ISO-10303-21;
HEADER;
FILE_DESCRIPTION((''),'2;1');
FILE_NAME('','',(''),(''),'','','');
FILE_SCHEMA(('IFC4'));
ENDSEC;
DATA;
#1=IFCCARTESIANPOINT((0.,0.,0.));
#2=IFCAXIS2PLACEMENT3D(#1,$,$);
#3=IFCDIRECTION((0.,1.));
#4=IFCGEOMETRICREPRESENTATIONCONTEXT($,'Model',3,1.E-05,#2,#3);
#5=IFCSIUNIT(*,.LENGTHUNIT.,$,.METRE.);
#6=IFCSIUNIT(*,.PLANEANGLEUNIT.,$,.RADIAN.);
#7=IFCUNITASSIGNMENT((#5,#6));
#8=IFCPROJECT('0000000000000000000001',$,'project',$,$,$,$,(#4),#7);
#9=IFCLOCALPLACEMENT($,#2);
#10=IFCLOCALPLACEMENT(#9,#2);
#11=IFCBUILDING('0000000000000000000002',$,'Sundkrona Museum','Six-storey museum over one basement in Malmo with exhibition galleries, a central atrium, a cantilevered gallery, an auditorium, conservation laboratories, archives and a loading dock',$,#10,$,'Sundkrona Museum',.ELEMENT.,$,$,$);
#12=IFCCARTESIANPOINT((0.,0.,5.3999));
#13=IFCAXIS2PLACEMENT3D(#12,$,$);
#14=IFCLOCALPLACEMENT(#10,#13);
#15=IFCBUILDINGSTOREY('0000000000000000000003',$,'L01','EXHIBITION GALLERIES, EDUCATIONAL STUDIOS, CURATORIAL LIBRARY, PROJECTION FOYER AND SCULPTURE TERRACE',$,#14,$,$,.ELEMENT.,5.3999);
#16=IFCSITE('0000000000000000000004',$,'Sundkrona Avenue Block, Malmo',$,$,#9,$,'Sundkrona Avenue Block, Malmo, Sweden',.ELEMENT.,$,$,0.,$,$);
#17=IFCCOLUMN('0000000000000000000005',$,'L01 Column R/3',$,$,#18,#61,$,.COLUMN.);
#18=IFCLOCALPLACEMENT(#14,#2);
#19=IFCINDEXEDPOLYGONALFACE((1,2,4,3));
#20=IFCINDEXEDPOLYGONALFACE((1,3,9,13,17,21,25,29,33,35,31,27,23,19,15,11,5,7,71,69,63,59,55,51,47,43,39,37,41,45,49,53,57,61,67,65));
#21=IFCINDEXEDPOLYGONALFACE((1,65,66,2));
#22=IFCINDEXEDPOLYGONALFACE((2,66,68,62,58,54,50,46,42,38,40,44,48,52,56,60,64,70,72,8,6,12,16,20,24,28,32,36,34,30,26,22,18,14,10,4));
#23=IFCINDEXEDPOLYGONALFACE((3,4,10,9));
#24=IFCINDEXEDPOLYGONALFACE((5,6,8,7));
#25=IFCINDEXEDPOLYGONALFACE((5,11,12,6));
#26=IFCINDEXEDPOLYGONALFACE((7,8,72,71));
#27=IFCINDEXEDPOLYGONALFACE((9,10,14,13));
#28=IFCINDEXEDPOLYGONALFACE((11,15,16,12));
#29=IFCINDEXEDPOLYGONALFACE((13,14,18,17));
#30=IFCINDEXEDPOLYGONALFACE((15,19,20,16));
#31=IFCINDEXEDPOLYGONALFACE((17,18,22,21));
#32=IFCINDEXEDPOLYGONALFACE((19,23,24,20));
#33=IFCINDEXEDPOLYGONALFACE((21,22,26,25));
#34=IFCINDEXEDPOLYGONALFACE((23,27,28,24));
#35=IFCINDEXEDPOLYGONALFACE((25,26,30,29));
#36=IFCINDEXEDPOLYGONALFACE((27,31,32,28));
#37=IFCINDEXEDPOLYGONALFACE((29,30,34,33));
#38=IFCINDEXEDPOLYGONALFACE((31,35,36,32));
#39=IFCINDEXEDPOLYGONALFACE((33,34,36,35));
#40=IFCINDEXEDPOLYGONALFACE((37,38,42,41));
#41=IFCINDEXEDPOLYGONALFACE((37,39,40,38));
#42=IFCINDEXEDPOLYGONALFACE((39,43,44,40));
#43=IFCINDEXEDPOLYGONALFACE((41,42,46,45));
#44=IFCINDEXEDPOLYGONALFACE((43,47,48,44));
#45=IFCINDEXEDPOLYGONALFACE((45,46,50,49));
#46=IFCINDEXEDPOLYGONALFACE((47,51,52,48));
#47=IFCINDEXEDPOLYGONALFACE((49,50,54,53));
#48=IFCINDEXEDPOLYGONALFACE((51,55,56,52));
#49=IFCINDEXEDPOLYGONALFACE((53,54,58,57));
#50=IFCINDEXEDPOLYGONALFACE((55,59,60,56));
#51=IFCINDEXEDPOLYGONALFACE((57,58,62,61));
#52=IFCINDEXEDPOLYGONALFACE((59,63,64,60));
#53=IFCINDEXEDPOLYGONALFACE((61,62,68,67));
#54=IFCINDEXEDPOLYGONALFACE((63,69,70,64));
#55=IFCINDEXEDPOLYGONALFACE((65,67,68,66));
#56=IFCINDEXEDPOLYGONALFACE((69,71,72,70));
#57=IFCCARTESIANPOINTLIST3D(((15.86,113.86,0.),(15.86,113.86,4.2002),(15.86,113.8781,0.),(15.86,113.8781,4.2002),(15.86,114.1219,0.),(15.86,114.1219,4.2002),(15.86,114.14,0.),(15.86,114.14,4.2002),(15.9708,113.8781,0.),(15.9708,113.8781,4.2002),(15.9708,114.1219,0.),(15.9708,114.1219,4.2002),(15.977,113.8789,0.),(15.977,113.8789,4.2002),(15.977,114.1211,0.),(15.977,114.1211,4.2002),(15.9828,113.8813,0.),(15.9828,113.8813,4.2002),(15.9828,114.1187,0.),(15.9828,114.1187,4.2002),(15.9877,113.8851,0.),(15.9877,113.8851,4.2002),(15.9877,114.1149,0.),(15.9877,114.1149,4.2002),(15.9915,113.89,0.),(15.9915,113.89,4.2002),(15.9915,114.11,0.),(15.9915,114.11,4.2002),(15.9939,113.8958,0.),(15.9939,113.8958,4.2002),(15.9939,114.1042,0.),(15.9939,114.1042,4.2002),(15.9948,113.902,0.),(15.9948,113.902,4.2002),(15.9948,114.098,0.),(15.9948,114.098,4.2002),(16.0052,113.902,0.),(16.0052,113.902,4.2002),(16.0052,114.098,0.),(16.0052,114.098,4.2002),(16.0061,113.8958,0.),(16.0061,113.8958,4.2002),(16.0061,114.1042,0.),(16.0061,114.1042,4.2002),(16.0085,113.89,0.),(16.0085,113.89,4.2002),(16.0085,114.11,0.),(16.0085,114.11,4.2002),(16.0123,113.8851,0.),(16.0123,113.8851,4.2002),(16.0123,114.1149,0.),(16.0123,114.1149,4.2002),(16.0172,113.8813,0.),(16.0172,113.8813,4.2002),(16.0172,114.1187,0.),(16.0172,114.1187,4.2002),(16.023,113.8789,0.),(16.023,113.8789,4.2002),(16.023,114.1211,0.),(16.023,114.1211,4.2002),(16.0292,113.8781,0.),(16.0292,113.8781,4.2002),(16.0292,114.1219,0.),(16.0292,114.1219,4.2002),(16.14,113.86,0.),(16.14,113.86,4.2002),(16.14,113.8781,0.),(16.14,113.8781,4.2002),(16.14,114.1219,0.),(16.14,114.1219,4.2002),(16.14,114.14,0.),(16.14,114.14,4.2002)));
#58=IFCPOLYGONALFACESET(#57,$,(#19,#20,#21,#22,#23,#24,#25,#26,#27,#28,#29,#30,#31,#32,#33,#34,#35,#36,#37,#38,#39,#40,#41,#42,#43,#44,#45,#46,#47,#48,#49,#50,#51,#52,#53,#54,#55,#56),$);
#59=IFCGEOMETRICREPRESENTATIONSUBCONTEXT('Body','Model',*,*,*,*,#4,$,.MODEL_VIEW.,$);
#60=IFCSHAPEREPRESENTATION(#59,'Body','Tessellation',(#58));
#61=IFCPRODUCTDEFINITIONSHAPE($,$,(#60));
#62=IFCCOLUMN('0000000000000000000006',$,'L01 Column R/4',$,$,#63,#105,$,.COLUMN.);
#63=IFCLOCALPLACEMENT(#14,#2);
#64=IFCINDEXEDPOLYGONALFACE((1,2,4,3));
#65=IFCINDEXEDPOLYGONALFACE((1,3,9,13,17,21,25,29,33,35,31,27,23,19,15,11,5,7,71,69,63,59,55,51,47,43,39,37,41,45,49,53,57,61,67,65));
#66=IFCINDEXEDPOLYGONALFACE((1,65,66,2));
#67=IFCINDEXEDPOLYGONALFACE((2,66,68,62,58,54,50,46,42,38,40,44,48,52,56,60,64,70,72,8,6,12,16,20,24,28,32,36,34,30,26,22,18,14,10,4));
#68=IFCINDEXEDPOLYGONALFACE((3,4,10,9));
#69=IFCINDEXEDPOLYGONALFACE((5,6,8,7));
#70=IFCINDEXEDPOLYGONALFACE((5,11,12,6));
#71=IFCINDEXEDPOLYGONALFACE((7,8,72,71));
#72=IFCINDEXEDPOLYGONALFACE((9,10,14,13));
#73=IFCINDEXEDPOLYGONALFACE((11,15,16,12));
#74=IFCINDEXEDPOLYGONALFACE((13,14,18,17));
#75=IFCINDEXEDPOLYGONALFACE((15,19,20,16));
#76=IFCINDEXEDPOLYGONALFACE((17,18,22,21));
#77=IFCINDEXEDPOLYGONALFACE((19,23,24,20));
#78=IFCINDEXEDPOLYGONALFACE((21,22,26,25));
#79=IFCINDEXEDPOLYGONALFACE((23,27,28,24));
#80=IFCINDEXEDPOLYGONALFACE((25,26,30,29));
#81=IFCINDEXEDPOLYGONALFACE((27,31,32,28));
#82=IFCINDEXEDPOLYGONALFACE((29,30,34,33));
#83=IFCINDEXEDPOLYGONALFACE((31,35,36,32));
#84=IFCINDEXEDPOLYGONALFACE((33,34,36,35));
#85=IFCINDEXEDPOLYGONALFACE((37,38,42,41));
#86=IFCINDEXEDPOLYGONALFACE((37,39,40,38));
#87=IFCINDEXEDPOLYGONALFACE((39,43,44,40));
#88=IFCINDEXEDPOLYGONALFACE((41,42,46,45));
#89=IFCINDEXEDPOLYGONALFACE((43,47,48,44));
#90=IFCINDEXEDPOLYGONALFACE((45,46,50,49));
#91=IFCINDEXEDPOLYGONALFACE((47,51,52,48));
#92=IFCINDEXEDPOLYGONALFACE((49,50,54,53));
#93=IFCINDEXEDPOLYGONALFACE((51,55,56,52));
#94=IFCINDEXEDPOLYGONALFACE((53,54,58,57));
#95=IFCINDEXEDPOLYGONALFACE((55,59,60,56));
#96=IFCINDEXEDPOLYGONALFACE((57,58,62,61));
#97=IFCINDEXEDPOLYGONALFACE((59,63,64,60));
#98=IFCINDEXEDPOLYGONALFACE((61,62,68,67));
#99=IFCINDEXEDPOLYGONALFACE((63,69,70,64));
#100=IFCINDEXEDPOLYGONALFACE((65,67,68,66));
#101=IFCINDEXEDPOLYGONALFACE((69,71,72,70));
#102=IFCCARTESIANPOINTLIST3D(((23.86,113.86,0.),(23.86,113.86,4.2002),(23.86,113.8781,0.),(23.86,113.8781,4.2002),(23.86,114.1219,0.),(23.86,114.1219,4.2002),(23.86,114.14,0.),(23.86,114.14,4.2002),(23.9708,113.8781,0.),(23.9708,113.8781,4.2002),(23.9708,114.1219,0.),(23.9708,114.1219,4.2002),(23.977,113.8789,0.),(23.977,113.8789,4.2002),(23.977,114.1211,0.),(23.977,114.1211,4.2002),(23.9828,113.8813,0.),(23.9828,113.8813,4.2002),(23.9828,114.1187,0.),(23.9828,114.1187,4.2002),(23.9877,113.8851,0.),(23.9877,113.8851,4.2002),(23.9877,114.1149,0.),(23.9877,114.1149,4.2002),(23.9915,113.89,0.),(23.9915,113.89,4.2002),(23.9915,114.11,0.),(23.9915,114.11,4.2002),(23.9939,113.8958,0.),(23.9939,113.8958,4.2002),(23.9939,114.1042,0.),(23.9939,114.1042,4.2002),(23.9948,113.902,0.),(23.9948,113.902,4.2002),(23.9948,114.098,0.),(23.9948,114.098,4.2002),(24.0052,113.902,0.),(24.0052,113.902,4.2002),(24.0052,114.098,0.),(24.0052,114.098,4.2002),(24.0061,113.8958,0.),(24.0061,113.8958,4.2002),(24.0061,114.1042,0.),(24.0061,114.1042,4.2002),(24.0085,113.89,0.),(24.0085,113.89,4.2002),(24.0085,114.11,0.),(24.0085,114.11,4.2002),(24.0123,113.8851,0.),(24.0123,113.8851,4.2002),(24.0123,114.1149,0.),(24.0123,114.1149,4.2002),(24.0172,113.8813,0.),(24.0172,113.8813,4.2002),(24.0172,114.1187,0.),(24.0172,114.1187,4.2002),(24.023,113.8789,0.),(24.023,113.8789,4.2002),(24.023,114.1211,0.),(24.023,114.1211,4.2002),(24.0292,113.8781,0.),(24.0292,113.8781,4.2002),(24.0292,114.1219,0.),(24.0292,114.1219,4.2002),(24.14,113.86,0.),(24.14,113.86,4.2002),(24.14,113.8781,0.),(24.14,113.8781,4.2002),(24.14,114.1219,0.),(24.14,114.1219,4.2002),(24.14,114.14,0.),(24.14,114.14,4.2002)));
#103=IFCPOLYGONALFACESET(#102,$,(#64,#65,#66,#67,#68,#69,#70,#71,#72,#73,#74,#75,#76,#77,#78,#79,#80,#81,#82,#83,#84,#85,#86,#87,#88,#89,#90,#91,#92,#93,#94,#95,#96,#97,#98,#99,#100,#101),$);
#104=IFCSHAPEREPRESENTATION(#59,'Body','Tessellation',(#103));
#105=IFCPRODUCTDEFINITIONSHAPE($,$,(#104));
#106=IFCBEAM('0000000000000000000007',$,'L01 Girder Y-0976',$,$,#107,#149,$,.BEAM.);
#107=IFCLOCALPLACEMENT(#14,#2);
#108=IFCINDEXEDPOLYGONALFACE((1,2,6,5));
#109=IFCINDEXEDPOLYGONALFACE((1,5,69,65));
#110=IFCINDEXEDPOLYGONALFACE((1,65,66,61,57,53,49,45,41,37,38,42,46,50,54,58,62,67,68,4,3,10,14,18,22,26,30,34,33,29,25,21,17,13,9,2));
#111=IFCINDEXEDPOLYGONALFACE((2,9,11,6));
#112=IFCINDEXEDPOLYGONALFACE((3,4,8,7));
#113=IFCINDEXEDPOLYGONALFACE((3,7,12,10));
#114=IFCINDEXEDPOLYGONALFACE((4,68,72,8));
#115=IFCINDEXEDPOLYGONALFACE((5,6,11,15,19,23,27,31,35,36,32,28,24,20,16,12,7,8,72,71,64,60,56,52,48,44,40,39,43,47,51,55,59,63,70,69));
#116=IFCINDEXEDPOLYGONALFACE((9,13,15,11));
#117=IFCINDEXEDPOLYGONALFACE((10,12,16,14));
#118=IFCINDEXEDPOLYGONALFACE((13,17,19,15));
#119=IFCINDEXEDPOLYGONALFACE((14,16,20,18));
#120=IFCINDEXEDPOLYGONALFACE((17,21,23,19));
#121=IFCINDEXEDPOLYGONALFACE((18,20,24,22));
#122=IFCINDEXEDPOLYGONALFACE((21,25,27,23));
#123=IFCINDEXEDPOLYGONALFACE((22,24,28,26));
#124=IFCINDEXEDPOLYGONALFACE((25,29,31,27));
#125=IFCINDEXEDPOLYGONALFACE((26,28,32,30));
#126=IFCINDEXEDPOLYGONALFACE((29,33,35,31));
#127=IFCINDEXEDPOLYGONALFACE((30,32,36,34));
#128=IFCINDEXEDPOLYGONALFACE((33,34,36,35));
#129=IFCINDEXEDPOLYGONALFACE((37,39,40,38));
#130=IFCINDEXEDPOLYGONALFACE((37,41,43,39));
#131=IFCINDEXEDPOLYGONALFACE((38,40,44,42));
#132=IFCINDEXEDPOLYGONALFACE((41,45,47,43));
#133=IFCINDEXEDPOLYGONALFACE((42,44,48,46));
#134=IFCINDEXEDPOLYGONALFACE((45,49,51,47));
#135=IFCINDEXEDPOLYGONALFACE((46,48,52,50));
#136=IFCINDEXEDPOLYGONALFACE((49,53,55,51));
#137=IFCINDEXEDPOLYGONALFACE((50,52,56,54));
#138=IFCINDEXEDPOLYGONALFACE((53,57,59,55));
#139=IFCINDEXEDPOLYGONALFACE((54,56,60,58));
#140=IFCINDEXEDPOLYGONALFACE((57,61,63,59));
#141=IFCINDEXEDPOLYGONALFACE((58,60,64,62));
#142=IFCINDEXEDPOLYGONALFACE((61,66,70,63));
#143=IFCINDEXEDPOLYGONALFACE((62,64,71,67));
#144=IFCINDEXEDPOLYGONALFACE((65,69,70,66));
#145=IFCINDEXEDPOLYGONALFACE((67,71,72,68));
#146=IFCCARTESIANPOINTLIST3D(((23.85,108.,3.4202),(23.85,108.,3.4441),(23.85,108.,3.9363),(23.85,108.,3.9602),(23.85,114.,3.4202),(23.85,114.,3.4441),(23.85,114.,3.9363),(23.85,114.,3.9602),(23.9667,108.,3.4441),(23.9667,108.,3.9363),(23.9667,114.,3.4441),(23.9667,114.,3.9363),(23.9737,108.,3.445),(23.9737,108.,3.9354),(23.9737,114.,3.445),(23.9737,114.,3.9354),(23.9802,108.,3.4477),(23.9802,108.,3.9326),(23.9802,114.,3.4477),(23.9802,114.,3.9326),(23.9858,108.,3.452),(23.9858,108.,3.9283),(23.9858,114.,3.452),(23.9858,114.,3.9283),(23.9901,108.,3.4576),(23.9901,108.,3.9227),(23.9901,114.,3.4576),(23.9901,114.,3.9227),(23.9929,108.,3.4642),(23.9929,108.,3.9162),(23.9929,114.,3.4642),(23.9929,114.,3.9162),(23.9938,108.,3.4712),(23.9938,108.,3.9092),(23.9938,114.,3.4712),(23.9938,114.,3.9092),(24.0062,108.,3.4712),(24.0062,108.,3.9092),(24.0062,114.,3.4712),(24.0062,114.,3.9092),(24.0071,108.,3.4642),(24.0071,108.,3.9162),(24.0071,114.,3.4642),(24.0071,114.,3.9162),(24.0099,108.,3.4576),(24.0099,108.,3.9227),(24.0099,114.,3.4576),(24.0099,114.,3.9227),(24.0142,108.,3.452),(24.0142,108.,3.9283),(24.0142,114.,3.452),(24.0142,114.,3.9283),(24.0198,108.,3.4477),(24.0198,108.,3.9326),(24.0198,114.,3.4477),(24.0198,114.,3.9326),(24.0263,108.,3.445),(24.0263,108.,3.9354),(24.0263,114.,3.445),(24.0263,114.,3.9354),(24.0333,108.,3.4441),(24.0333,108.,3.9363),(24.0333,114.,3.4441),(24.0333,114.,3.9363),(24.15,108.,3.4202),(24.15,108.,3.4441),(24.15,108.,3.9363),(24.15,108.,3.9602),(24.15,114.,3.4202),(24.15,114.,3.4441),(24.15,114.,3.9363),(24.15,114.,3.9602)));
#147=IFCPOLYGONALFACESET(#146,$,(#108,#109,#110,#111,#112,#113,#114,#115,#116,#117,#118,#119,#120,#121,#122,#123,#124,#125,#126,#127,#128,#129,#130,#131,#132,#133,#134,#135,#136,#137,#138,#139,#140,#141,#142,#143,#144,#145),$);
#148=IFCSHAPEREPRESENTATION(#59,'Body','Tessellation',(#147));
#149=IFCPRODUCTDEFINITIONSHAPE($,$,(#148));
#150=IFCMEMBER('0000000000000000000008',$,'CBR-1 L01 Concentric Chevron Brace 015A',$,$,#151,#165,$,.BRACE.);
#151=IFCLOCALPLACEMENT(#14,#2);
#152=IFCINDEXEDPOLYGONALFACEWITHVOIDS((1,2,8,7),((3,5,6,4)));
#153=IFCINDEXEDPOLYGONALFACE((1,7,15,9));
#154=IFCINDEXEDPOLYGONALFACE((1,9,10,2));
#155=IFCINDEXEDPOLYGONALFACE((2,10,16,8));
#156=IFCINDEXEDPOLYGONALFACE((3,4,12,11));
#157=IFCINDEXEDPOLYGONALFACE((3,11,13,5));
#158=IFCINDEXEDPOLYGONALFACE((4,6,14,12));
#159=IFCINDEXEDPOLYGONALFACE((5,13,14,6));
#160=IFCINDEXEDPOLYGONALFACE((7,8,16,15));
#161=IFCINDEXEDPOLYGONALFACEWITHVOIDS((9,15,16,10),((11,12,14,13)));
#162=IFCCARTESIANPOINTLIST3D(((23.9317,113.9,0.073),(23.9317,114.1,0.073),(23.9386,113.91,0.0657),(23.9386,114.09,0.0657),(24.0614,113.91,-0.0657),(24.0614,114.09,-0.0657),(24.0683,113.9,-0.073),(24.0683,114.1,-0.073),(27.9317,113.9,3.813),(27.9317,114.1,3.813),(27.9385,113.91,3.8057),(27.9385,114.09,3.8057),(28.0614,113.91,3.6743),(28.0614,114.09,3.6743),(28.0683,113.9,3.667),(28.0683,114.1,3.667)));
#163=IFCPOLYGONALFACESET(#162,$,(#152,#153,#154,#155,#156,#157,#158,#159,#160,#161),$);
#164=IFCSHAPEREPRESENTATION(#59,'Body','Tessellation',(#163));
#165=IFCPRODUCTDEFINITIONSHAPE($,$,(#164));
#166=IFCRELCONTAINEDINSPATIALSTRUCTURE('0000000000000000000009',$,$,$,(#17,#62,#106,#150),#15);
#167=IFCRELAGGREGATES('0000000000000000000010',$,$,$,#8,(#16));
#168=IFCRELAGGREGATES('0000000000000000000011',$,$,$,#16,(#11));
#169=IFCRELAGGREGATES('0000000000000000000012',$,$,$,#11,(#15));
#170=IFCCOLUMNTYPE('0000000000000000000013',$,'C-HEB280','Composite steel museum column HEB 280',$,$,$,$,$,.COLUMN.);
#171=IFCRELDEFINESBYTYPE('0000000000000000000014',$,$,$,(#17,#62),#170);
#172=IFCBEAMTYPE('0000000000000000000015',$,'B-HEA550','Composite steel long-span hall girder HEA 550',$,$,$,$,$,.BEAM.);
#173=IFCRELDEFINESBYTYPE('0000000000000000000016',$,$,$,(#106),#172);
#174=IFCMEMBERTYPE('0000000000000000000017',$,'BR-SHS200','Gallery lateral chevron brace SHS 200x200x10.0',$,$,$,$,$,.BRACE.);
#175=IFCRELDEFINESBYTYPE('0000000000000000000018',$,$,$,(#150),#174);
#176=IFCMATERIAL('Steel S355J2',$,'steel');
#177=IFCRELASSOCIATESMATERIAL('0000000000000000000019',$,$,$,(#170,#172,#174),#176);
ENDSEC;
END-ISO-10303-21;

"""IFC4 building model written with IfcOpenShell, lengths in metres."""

from ifc_helpers import new_model, si_unit, direction, frame, origin, origin_2d, place, context, subcontext, project, spatial, hollow_rectangle, i_section, extrude, material, material_profile, profile_set, type_object, element, save


model = new_model("IFC4")

# Units and contexts
model_context = context("Model", 3, precision=1e-05, world=origin(), true_north=direction((0.0, 1.0)))
body_context = subcontext(model_context, "Body", "Model", "MODEL_VIEW")
ifc_project = project(units=[si_unit("LENGTHUNIT", "METRE"), si_unit("PLANEANGLEUNIT", "RADIAN")], contexts=[model_context])

# Site, building, storey
site_placement = place(None, origin())
site = spatial("IfcSite", under=ifc_project, at=site_placement, Name="Sundkrona Avenue Block, Malmo", LongName="Sundkrona Avenue Block, Malmo, Sweden", CompositionType="ELEMENT", RefElevation=0.0)
building_placement = place(site_placement, origin())
building = spatial("IfcBuilding", under=site, at=building_placement, Name="Sundkrona Museum", Description="Six-storey museum over one basement in Malmo with exhibition galleries, a central atrium, a cantilevered gallery, an auditorium, conservation laboratories, archives and a loading dock", LongName="Sundkrona Museum", CompositionType="ELEMENT")
storey_placement = place(building_placement, frame((0.0, 0.0, 5.3999)))
storey = spatial("IfcBuildingStorey", under=building, at=storey_placement, Name="L01", Description="EXHIBITION GALLERIES, EDUCATIONAL STUDIOS, CURATORIAL LIBRARY, PROJECTION FOYER AND SCULPTURE TERRACE", CompositionType="ELEMENT", Elevation=5.3999)

# Columns
ifc_material_1 = material(Name="Steel S355J2", Category="steel")
ifc_material_profile_1 = material_profile(ifc_material_1, i_section(OverallWidth=0.28, OverallDepth=0.28, WebThickness=0.0105, FlangeThickness=0.0181, FilletRadius=0.0239, at=origin_2d()), Name="HEB 280")
ifc_profile_set_1 = profile_set([ifc_material_profile_1], Name="Steel S355J2")
column_type = type_object("IfcColumnType", Name="C-HEB280", Description="Composite steel museum column HEB 280", PredefinedType="COLUMN", material=ifc_profile_set_1)
for number, where, z_axis, x_axis, name in (
    (1, (16.0, 114.0, 0.0), (0.0, 0.0, 1.0), (1.0, 0.0, 0.0), "L01 Column R/3"),
    (2, (24.0, 114.0, 0.0), (0.0, 0.0, 1.0), (1.0, 0.0, 0.0), "L01 Column R/4"),
):
    element("IfcColumn", number, at=place(storey_placement, frame(where, z_axis=z_axis, x_axis=x_axis)), inside=storey, type_object=column_type, Name=name, PredefinedType="COLUMN", context=body_context, shape_type="SweptSolid", body=[
        extrude(i_section(OverallWidth=0.28, OverallDepth=0.28, WebThickness=0.0105, FlangeThickness=0.0181, FilletRadius=0.0239, at=origin_2d()), origin(), (0.0, 0.0, 1.0), 4.2002),
    ])

# Beam
ifc_material_profile_2 = material_profile(ifc_material_1, i_section(OverallWidth=0.3, OverallDepth=0.54, WebThickness=0.0125, FlangeThickness=0.0239, FilletRadius=0.0271, at=origin_2d()), Name="HEA 550")
ifc_profile_set_2 = profile_set([ifc_material_profile_2], Name="Steel S355J2")
beam_type_1 = type_object("IfcBeamType", Name="B-HEA550", Description="Composite steel long-span hall girder HEA 550", PredefinedType="BEAM", material=ifc_profile_set_2)
beam_1_placement = place(storey_placement, frame((24.0, 108.0, 3.6902), z_axis=(0.0, 1.0, 0.0), x_axis=(-1.0, 0.0, 0.0)))
element("IfcBeam", 3, at=beam_1_placement, inside=storey, type_object=beam_type_1, Name="L01 Girder Y-0976", PredefinedType="BEAM", context=body_context, shape_type="SweptSolid", body=[
    extrude(i_section(OverallWidth=0.3, OverallDepth=0.54, WebThickness=0.0125, FlangeThickness=0.0239, FilletRadius=0.0271, at=origin_2d()), origin(), (0.0, 0.0, 1.0), 6.0),
])

# Member
ifc_material_profile_3 = material_profile(ifc_material_1, hollow_rectangle(XDim=0.2, YDim=0.2, WallThickness=0.01, at=origin_2d()), Name="SHS 200x200x10.0")
ifc_profile_set_3 = profile_set([ifc_material_profile_3], Name="Steel S355J2")
member_type = type_object("IfcMemberType", Name="BR-SHS200", Description="Gallery lateral chevron brace SHS 200x200x10.0", PredefinedType="BRACE", material=ifc_profile_set_3)
member_placement = place(storey_placement, frame((24.0, 114.0, 0.0), z_axis=(0.730449, 0.0, 0.682968), x_axis=(0.0, 1.0, 0.0)))
element("IfcMember", 4, at=member_placement, inside=storey, type_object=member_type, Name="CBR-1 L01 Concentric Chevron Brace 015A", PredefinedType="BRACE", context=body_context, shape_type="SweptSolid", body=[
    extrude(hollow_rectangle(XDim=0.2, YDim=0.2, WallThickness=0.01, at=origin_2d()), origin(), (0.0, 0.0, 1.0), 5.4761),
])

save(model, "model.ifc")
